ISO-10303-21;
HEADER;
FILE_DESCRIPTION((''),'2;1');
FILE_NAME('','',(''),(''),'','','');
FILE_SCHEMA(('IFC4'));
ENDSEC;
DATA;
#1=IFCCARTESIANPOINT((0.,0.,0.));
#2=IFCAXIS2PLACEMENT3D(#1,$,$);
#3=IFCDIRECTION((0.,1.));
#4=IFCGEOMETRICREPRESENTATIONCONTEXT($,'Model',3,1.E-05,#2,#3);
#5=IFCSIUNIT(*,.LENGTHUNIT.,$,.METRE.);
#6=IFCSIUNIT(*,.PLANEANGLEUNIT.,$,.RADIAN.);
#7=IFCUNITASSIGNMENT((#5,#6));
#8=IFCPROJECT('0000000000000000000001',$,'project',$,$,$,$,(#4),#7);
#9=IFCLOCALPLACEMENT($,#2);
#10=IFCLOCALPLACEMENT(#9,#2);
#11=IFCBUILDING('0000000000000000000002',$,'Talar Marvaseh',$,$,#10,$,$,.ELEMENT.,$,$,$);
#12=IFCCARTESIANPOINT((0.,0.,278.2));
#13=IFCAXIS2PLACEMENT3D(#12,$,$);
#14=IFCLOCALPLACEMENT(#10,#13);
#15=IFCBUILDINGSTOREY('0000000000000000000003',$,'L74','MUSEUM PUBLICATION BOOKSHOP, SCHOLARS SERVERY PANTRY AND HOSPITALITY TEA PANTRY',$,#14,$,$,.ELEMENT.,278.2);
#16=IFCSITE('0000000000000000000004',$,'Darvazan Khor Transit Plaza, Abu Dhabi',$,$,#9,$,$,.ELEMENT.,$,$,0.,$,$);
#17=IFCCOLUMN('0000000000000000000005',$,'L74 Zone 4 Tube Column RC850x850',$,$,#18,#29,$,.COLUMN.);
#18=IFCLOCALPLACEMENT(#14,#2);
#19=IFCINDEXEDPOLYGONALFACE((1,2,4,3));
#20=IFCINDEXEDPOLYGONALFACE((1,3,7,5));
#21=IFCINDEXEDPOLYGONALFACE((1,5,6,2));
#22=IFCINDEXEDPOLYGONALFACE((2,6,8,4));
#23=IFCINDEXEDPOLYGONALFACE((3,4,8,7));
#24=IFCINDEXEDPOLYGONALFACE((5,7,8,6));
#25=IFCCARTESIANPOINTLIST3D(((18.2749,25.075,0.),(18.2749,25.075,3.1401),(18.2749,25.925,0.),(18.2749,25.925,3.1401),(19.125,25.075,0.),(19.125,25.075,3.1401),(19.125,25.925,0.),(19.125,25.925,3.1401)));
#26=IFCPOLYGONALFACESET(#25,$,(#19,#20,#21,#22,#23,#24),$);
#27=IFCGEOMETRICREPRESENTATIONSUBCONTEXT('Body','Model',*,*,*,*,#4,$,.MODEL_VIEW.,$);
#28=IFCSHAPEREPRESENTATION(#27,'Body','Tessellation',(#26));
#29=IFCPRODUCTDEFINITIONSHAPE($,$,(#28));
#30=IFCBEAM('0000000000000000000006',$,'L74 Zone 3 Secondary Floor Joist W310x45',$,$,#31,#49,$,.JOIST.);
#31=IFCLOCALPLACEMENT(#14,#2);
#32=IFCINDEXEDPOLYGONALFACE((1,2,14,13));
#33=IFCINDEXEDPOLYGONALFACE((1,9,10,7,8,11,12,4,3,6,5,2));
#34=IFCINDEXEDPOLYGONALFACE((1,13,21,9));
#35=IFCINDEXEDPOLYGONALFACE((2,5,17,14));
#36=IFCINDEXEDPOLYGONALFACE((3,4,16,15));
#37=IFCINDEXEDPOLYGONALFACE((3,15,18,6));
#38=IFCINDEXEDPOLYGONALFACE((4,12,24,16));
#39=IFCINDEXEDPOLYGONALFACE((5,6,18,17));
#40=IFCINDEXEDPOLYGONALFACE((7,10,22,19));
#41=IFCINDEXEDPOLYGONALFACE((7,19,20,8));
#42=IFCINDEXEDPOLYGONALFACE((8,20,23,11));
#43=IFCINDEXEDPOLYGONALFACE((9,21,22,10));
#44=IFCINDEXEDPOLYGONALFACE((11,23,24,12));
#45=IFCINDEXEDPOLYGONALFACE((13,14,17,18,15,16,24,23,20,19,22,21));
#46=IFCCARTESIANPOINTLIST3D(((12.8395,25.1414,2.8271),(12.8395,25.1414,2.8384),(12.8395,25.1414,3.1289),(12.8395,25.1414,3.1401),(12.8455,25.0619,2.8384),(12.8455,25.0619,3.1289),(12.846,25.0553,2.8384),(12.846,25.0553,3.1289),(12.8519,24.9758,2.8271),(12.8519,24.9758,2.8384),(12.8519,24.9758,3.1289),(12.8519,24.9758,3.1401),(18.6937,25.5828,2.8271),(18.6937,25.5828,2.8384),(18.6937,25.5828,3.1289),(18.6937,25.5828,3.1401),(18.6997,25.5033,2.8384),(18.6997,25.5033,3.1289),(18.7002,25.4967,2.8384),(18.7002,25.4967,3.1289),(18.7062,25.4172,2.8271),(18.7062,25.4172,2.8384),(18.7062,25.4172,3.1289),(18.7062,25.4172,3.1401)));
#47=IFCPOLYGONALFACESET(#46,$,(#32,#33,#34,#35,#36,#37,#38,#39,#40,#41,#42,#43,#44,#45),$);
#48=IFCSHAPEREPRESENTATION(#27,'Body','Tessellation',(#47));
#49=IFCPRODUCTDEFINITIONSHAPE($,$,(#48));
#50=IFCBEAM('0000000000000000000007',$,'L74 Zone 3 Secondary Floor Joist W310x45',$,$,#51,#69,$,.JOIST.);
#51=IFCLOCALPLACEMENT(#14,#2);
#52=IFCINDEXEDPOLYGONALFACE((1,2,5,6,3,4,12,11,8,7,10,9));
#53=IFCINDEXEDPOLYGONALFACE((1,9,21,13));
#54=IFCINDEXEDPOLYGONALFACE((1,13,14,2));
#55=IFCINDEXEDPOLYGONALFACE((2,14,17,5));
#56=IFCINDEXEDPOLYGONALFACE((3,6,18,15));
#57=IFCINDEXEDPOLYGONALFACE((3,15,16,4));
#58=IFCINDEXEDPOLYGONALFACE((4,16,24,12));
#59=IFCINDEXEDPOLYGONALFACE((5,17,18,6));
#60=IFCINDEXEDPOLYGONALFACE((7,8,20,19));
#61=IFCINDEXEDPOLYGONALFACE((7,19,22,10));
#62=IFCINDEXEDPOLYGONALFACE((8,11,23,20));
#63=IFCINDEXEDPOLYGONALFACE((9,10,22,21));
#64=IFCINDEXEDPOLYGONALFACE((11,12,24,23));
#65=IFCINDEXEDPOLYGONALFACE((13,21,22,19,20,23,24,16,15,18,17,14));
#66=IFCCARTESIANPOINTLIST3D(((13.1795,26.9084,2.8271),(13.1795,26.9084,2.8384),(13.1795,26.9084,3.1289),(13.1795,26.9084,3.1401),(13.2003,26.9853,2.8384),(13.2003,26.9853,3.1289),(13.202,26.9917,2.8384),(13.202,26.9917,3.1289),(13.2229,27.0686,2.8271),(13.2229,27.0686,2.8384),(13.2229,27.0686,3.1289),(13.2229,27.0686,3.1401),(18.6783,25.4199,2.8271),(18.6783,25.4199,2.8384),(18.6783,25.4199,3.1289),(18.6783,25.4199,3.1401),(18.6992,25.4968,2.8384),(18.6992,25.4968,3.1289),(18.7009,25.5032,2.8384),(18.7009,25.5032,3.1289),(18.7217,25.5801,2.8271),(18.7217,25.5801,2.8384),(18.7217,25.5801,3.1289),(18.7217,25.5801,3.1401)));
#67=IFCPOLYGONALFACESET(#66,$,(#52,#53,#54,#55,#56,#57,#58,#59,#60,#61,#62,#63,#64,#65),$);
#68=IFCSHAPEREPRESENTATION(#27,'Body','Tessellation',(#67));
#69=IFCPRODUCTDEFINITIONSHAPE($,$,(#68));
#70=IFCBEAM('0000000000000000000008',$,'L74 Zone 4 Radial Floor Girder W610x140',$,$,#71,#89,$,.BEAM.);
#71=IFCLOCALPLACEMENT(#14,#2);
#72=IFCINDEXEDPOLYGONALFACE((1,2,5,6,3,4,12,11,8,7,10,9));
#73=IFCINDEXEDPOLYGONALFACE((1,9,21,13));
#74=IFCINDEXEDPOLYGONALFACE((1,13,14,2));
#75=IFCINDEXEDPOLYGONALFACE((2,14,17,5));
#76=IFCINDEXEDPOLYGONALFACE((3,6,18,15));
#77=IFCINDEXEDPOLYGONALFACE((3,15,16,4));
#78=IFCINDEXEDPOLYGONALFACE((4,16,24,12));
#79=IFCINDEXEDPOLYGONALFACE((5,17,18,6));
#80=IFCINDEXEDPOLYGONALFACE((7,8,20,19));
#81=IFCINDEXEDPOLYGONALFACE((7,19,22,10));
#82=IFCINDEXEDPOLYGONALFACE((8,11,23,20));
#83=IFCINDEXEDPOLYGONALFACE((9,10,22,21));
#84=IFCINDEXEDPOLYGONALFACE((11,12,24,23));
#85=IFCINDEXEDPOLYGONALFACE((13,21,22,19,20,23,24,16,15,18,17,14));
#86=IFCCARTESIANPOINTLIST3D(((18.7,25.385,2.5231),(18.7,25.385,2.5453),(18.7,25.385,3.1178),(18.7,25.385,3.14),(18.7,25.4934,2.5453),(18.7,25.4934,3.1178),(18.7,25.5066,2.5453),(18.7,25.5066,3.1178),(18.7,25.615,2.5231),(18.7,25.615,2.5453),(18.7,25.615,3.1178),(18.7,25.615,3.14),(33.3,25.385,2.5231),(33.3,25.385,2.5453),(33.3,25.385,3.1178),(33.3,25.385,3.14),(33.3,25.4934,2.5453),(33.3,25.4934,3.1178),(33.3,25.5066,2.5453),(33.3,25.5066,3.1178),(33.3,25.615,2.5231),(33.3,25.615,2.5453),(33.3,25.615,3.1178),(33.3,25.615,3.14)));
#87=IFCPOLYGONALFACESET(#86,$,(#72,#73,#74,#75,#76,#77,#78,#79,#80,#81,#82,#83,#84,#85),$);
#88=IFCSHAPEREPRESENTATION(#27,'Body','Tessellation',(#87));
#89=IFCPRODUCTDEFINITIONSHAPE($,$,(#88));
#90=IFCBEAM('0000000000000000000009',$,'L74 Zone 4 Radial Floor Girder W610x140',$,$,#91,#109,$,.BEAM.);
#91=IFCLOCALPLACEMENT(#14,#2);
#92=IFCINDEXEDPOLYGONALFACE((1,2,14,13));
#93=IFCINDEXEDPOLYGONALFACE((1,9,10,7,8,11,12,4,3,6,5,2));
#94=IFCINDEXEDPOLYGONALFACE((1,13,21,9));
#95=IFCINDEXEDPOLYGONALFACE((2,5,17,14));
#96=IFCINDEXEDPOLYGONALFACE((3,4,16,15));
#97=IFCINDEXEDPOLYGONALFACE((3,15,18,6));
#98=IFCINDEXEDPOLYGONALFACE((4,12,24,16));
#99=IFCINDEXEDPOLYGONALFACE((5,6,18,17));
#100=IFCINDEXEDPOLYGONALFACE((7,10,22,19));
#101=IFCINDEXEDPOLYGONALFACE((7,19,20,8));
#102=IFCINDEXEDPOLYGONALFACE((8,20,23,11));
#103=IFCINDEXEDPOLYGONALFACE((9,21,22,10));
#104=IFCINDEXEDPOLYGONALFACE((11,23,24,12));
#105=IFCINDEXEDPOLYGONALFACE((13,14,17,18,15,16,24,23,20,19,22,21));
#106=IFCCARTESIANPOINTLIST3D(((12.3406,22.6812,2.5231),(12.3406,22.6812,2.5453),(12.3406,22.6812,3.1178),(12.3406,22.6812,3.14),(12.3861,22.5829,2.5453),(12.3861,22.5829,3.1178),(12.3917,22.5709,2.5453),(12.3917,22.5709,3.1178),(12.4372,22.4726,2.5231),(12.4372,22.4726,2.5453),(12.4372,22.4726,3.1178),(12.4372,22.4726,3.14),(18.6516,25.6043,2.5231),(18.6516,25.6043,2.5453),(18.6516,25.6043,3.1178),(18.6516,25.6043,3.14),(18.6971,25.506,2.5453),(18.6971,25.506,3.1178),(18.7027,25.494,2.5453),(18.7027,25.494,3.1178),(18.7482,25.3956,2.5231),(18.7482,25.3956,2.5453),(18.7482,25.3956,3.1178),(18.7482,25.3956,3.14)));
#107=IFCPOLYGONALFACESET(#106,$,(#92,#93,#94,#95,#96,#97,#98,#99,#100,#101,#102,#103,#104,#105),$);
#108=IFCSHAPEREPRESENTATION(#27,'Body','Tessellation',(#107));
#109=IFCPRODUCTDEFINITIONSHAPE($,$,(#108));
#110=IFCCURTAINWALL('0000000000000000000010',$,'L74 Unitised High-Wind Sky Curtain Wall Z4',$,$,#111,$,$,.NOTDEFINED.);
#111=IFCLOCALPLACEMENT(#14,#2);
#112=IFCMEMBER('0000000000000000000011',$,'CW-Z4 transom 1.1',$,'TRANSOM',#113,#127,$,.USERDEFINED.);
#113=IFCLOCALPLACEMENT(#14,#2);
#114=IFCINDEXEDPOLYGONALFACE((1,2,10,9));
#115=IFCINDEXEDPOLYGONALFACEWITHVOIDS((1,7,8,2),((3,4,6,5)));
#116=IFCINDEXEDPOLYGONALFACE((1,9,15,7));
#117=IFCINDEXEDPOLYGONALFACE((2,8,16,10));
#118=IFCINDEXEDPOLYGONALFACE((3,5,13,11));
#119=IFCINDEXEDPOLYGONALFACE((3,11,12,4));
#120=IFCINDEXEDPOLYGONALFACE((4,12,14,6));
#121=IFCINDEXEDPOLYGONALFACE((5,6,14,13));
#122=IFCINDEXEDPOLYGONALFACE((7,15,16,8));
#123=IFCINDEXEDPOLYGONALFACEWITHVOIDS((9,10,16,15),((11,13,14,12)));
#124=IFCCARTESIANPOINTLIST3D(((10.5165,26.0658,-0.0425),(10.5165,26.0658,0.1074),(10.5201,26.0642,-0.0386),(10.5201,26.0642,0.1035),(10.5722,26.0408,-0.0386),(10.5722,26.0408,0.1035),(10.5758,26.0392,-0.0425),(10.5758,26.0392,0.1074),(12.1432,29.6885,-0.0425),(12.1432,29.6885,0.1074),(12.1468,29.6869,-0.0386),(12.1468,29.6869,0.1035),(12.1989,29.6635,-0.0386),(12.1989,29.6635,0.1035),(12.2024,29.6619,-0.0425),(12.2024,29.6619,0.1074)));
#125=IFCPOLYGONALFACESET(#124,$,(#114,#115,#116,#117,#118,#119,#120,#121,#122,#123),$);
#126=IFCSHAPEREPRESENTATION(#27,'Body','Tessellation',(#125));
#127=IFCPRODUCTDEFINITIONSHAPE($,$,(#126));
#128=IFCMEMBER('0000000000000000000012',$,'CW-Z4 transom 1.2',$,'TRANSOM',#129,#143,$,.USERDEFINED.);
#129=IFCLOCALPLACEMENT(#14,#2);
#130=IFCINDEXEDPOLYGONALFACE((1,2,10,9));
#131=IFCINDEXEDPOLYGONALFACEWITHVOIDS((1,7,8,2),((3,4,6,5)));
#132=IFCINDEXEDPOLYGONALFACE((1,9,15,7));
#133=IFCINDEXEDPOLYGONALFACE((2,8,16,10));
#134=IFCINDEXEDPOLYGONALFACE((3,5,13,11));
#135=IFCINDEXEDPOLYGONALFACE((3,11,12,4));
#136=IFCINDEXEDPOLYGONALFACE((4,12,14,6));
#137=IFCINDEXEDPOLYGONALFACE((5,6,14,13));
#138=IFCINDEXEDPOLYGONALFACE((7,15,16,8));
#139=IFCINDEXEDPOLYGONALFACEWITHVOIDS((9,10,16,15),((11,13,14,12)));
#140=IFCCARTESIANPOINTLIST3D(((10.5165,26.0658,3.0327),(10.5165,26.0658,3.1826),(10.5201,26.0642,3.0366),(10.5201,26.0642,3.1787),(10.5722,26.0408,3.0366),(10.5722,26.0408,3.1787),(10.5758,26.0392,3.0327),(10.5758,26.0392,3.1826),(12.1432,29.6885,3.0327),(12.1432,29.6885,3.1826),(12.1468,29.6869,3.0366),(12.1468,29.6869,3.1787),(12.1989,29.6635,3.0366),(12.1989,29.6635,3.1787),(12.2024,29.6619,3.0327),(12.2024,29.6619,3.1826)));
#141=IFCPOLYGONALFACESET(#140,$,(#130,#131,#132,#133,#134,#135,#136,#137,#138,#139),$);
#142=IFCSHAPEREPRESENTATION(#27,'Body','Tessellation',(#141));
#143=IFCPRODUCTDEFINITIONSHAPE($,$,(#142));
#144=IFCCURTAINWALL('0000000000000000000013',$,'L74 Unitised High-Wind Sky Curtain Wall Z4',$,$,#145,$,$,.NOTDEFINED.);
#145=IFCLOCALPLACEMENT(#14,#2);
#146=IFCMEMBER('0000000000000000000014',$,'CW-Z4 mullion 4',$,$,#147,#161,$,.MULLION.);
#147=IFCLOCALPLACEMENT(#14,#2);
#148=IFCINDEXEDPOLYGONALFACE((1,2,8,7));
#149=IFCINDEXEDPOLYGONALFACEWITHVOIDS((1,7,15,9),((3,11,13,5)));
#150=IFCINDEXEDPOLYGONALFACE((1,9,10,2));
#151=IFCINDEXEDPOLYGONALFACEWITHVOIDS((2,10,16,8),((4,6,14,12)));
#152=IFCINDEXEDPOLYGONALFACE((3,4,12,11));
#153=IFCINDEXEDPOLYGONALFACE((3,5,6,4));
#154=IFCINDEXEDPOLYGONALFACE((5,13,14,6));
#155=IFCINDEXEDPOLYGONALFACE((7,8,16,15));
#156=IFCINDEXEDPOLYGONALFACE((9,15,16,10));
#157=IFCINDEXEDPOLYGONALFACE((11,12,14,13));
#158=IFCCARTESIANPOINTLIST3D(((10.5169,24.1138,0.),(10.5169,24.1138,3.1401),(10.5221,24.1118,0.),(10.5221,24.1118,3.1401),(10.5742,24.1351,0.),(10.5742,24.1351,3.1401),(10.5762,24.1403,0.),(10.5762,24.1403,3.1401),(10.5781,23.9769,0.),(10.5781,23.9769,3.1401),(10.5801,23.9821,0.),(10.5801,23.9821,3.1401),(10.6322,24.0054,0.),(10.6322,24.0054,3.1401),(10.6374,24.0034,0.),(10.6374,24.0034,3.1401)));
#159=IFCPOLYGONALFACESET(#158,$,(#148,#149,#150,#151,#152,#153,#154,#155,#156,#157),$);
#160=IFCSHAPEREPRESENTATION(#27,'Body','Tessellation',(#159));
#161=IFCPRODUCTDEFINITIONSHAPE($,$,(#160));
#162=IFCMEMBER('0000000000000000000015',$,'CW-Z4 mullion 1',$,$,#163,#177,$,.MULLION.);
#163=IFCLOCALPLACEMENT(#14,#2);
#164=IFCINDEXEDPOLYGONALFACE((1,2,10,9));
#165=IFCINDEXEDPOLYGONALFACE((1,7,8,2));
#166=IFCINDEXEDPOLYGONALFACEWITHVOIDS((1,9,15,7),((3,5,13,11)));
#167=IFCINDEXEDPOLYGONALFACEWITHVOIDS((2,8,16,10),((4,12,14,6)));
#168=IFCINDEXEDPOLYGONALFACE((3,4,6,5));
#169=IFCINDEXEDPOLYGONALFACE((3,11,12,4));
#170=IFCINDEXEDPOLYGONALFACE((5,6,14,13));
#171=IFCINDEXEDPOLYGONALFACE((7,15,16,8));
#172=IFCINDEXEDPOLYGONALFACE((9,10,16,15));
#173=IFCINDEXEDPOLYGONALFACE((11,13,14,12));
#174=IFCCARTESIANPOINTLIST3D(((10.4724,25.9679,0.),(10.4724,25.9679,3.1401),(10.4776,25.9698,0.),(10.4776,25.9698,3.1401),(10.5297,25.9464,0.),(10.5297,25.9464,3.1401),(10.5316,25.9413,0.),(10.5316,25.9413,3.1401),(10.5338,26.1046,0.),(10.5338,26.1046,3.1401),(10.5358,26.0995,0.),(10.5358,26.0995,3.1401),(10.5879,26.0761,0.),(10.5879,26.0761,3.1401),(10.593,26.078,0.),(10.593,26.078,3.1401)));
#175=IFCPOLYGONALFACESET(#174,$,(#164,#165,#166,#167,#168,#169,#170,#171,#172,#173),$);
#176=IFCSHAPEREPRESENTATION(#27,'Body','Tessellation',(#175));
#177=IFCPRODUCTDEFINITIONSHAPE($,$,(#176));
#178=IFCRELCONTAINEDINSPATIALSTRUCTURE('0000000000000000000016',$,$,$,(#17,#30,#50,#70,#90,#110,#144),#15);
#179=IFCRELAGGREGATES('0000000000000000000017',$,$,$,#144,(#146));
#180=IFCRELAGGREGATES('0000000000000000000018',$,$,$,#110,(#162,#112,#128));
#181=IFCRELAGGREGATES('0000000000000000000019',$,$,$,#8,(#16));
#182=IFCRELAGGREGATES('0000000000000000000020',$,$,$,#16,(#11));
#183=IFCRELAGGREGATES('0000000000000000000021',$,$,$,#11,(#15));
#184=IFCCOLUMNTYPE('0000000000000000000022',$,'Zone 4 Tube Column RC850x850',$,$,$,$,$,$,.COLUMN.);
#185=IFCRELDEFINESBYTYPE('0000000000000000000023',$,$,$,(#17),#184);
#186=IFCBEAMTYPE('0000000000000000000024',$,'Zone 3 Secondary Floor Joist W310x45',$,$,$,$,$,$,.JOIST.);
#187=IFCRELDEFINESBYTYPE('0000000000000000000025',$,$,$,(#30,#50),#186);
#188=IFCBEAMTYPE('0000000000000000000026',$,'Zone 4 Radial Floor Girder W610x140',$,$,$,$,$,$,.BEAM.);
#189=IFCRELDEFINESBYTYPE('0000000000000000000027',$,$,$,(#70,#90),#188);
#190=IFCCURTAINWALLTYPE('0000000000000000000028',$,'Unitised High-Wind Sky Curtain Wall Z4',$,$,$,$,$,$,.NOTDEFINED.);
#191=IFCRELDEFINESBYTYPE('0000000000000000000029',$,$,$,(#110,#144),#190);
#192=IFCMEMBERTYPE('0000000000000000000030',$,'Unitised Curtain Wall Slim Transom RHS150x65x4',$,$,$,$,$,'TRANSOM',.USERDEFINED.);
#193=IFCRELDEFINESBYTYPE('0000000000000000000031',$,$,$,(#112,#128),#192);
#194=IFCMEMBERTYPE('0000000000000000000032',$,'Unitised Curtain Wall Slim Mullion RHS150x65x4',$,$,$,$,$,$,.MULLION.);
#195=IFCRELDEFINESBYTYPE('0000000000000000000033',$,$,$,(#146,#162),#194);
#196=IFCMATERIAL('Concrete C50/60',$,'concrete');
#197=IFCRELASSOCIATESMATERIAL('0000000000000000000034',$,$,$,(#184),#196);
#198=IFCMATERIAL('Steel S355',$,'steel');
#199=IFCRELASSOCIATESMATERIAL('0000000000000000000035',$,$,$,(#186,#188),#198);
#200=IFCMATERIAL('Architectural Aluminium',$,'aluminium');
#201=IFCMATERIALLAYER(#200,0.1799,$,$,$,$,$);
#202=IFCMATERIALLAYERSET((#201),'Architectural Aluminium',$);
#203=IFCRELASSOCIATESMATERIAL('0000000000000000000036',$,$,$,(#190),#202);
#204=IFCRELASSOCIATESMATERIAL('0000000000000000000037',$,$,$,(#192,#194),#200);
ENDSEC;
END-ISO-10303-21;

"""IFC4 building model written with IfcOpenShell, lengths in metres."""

from ifc_helpers import new_model, si_unit, direction, frame, origin, origin_2d, place, context, subcontext, project, spatial, rectangle, hollow_rectangle, i_section, extrude, source, transform, mapped, material, layer, layer_set, material_profile, profile_set, type_object, type_shapes, element, aggregate, save


model = new_model("IFC4")

# Units and contexts
model_context = context("Model", 3, precision=1e-05, world=origin(), true_north=direction((0.0, 1.0)))
body_context = subcontext(model_context, "Body", "Model", "MODEL_VIEW")
ifc_project = project(units=[si_unit("LENGTHUNIT", "METRE"), si_unit("PLANEANGLEUNIT", "RADIAN")], contexts=[model_context])

# Site, building, storey
site_placement = place(None, origin())
site = spatial("IfcSite", under=ifc_project, at=site_placement, Name="Darvazan Khor Transit Plaza, Abu Dhabi", CompositionType="ELEMENT", RefElevation=0.0)
building_placement = place(site_placement, origin())
building = spatial("IfcBuilding", under=site, at=building_placement, Name="Talar Marvaseh", CompositionType="ELEMENT")
storey_placement = place(building_placement, frame((0.0, 0.0, 278.2)))
storey = spatial("IfcBuildingStorey", under=building, at=storey_placement, Name="L74", Description="MUSEUM PUBLICATION BOOKSHOP, SCHOLARS SERVERY PANTRY AND HOSPITALITY TEA PANTRY", CompositionType="ELEMENT", Elevation=278.2)

# Column
ifc_material_1 = material(Name="Concrete C50/60", Category="concrete")
ifc_material_profile_1 = material_profile(ifc_material_1, rectangle(XDim=0.8501, YDim=0.8501, at=origin_2d()), Name="RC850x850")
ifc_profile_set_1 = profile_set([ifc_material_profile_1], Name="Concrete C50/60")
column_type = type_object("IfcColumnType", Name="Zone 4 Tube Column RC850x850", PredefinedType="COLUMN", material=ifc_profile_set_1)
column_placement = place(storey_placement, frame((18.7, 25.5, 0.0), z_axis=(0.0, 0.0, 1.0), x_axis=(1.0, 0.0, 0.0)))
element("IfcColumn", 1, at=column_placement, inside=storey, type_object=column_type, Name="L74 Zone 4 Tube Column RC850x850", PredefinedType="COLUMN", context=body_context, shape_type="SweptSolid", body=[
    extrude(rectangle(XDim=0.8501, YDim=0.8501, at=origin_2d()), origin(), (0.0, 0.0, 1.0), 3.1401),
])

# Beams
ifc_material_2 = material(Name="Steel S355", Category="steel")
ifc_material_profile_2 = material_profile(ifc_material_2, i_section(OverallWidth=0.166, OverallDepth=0.313, WebThickness=0.0066, FlangeThickness=0.0112, at=origin_2d()), Name="W310x45")
ifc_profile_set_2 = profile_set([ifc_material_profile_2], Name="Steel S355")
beam_type_1 = type_object("IfcBeamType", Name="Zone 3 Secondary Floor Joist W310x45", PredefinedType="JOIST", material=ifc_profile_set_2)
beam_1_placement = place(storey_placement, frame((12.8457, 25.0586, 2.9836), z_axis=(0.99717, 0.075186, 0.0), x_axis=(-0.075186, 0.99717, 0.0)))
element("IfcBeam", 2, at=beam_1_placement, inside=storey, type_object=beam_type_1, Name="L74 Zone 3 Secondary Floor Joist W310x45", PredefinedType="JOIST", context=body_context, shape_type="SweptSolid", body=[
    extrude(i_section(OverallWidth=0.166, OverallDepth=0.313, WebThickness=0.0066, FlangeThickness=0.0112, at=origin_2d()), origin(), (0.0, 0.0, 1.0), 5.8708),
])
beam_2_placement = place(storey_placement, frame((13.2012, 26.9885, 2.9836), z_axis=(0.965259, -0.261297, 0.0), x_axis=(0.261297, 0.965259, 0.0)))
element("IfcBeam", 3, at=beam_2_placement, inside=storey, type_object=beam_type_1, Name="L74 Zone 3 Secondary Floor Joist W310x45", PredefinedType="JOIST", context=body_context, shape_type="SweptSolid", body=[
    extrude(i_section(OverallWidth=0.166, OverallDepth=0.313, WebThickness=0.0066, FlangeThickness=0.0112, at=origin_2d()), origin(), (0.0, 0.0, 1.0), 5.6968),
])
ifc_material_profile_3 = material_profile(ifc_material_2, i_section(OverallWidth=0.23, OverallDepth=0.6169, WebThickness=0.0132, FlangeThickness=0.0222, at=origin_2d()), Name="W610x140")
ifc_profile_set_3 = profile_set([ifc_material_profile_3], Name="Steel S355")
beam_type_2 = type_object("IfcBeamType", Name="Zone 4 Radial Floor Girder W610x140", PredefinedType="BEAM", material=ifc_profile_set_3)
beam_3_placement = place(storey_placement, frame((18.7, 25.5, 2.8315), z_axis=(1.0, 0.0, 0.0), x_axis=(0.0, 1.0, 0.0)))
element("IfcBeam", 4, at=beam_3_placement, inside=storey, type_object=beam_type_2, Name="L74 Zone 4 Radial Floor Girder W610x140", PredefinedType="BEAM", context=body_context, shape_type="SweptSolid", body=[
    extrude(i_section(OverallWidth=0.23, OverallDepth=0.6169, WebThickness=0.0132, FlangeThickness=0.0222, at=origin_2d()), origin(), (0.0, 0.0, 1.0), 14.6001),
])
beam_4_placement = place(storey_placement, frame((12.3889, 22.5769, 2.8315), z_axis=(0.907395, 0.42028, 0.0), x_axis=(-0.42028, 0.907395, 0.0)))
element("IfcBeam", 5, at=beam_4_placement, inside=storey, type_object=beam_type_2, Name="L74 Zone 4 Radial Floor Girder W610x140", PredefinedType="BEAM", context=body_context, shape_type="SweptSolid", body=[
    extrude(i_section(OverallWidth=0.23, OverallDepth=0.6169, WebThickness=0.0132, FlangeThickness=0.0222, at=origin_2d()), origin(), (0.0, 0.0, 1.0), 6.9551),
])

# Curtain wall, members
ifc_material_3 = material(Name="Architectural Aluminium", Category="aluminium")
ifc_layer_1 = layer(ifc_material_3, 0.1799)
ifc_layer_set_1 = layer_set([ifc_layer_1], Name="Architectural Aluminium")
curtain_wall_type = type_object("IfcCurtainWallType", Name="Unitised High-Wind Sky Curtain Wall Z4", PredefinedType="NOTDEFINED", material=ifc_layer_set_1)
curtain_wall_1_placement = place(storey_placement, origin())
curtain_wall_1 = element("IfcCurtainWall", 6, at=curtain_wall_1_placement, inside=storey, type_object=curtain_wall_type, Name="L74 Unitised High-Wind Sky Curtain Wall Z4", PredefinedType="NOTDEFINED")
ifc_material_profile_4 = material_profile(ifc_material_3, hollow_rectangle(XDim=0.0649, YDim=0.1499, WallThickness=0.0039, at=origin_2d()), Name="RHS150x65x4")
ifc_profile_set_4 = profile_set([ifc_material_profile_4], Name="Architectural Aluminium")
member_type_1 = type_object("IfcMemberType", Name="Unitised Curtain Wall Slim Transom RHS150x65x4", ElementType="TRANSOM", PredefinedType="USERDEFINED", material=ifc_profile_set_4)
shared_shape_1 = source(origin(), body_context, "Body", "SweptSolid", [
    extrude(hollow_rectangle(XDim=0.0649, YDim=0.1499, WallThickness=0.0039, at=origin_2d()), origin(), (0.0, 0.0, 1.0), 3.9712),
])
type_shapes(member_type_1, [shared_shape_1])
member_1_placement = place(storey_placement, frame((10.5461, 26.0525, 0.0325), z_axis=(0.409621, 0.912256, 0.0), x_axis=(-0.912256, 0.409621, 0.0)))
member_1 = element("IfcMember", 7, at=member_1_placement, type_object=member_type_1, Name="CW-Z4 transom 1.1", ObjectType="TRANSOM", PredefinedType="USERDEFINED", context=body_context, shape_type="MappedRepresentation", body=[
    mapped(shared_shape_1, transform((0.0, 0.0, 0.0), x_axis=(1.0, 0.0, 0.0), y_axis=(0.0, 1.0, 0.0), z_axis=(0.0, 0.0, 1.0), scale=1.0)),
])
member_2_placement = place(storey_placement, frame((10.5461, 26.0525, 3.1077), z_axis=(0.409621, 0.912256, 0.0), x_axis=(-0.912256, 0.409621, 0.0)))
member_2 = element("IfcMember", 8, at=member_2_placement, type_object=member_type_1, Name="CW-Z4 transom 1.2", ObjectType="TRANSOM", PredefinedType="USERDEFINED", context=body_context, shape_type="MappedRepresentation", body=[
    mapped(shared_shape_1, transform((0.0, 0.0, 0.0), x_axis=(1.0, 0.0, 0.0), y_axis=(0.0, 1.0, 0.0), z_axis=(0.0, 0.0, 1.0), scale=1.0)),
])

# Curtain wall, member
curtain_wall_2_placement = place(storey_placement, origin())
curtain_wall_2 = element("IfcCurtainWall", 9, at=curtain_wall_2_placement, inside=storey, type_object=curtain_wall_type, Name="L74 Unitised High-Wind Sky Curtain Wall Z4", PredefinedType="NOTDEFINED")
ifc_material_profile_5 = material_profile(ifc_material_3, hollow_rectangle(XDim=0.0649, YDim=0.1499, WallThickness=0.0039, at=origin_2d()), Name="RHS150x65x4")
ifc_profile_set_5 = profile_set([ifc_material_profile_5], Name="Architectural Aluminium")
member_type_2 = type_object("IfcMemberType", Name="Unitised Curtain Wall Slim Mullion RHS150x65x4", PredefinedType="MULLION", material=ifc_profile_set_5)
shared_shape_2 = source(origin(), body_context, "Body", "SweptSolid", [
    extrude(hollow_rectangle(XDim=0.0649, YDim=0.1499, WallThickness=0.0039, at=origin_2d()), origin(), (0.0, 0.0, 1.0), 3.1401),
])
type_shapes(member_type_2, [shared_shape_2])
member_3_placement = place(storey_placement, frame((10.5771, 24.0586, 0.0), z_axis=(0.0, 0.0, 1.0), x_axis=(-0.912862, -0.408267, 0.0)))
member_3 = element("IfcMember", 10, at=member_3_placement, type_object=member_type_2, Name="CW-Z4 mullion 4", PredefinedType="MULLION", context=body_context, shape_type="MappedRepresentation", body=[
    mapped(shared_shape_2, transform((0.0, 0.0, 0.0), x_axis=(1.0, 0.0, 0.0), y_axis=(0.0, 1.0, 0.0), z_axis=(0.0, 0.0, 1.0), scale=1.0)),
])
aggregate(curtain_wall_2, [member_3])

# Member
member_4_placement = place(storey_placement, frame((10.5327, 26.0229, 0.0), z_axis=(0.0, 0.0, 1.0), x_axis=(-0.912249, 0.409635, 0.0)))
member_4 = element("IfcMember", 11, at=member_4_placement, type_object=member_type_2, Name="CW-Z4 mullion 1", PredefinedType="MULLION", context=body_context, shape_type="MappedRepresentation", body=[
    mapped(shared_shape_2, transform((0.0, 0.0, 0.0), x_axis=(1.0, 0.0, 0.0), y_axis=(0.0, 1.0, 0.0), z_axis=(0.0, 0.0, 1.0), scale=1.0)),
])
aggregate(curtain_wall_1, [member_4, member_1, member_2])

save(model, "model.ifc")
